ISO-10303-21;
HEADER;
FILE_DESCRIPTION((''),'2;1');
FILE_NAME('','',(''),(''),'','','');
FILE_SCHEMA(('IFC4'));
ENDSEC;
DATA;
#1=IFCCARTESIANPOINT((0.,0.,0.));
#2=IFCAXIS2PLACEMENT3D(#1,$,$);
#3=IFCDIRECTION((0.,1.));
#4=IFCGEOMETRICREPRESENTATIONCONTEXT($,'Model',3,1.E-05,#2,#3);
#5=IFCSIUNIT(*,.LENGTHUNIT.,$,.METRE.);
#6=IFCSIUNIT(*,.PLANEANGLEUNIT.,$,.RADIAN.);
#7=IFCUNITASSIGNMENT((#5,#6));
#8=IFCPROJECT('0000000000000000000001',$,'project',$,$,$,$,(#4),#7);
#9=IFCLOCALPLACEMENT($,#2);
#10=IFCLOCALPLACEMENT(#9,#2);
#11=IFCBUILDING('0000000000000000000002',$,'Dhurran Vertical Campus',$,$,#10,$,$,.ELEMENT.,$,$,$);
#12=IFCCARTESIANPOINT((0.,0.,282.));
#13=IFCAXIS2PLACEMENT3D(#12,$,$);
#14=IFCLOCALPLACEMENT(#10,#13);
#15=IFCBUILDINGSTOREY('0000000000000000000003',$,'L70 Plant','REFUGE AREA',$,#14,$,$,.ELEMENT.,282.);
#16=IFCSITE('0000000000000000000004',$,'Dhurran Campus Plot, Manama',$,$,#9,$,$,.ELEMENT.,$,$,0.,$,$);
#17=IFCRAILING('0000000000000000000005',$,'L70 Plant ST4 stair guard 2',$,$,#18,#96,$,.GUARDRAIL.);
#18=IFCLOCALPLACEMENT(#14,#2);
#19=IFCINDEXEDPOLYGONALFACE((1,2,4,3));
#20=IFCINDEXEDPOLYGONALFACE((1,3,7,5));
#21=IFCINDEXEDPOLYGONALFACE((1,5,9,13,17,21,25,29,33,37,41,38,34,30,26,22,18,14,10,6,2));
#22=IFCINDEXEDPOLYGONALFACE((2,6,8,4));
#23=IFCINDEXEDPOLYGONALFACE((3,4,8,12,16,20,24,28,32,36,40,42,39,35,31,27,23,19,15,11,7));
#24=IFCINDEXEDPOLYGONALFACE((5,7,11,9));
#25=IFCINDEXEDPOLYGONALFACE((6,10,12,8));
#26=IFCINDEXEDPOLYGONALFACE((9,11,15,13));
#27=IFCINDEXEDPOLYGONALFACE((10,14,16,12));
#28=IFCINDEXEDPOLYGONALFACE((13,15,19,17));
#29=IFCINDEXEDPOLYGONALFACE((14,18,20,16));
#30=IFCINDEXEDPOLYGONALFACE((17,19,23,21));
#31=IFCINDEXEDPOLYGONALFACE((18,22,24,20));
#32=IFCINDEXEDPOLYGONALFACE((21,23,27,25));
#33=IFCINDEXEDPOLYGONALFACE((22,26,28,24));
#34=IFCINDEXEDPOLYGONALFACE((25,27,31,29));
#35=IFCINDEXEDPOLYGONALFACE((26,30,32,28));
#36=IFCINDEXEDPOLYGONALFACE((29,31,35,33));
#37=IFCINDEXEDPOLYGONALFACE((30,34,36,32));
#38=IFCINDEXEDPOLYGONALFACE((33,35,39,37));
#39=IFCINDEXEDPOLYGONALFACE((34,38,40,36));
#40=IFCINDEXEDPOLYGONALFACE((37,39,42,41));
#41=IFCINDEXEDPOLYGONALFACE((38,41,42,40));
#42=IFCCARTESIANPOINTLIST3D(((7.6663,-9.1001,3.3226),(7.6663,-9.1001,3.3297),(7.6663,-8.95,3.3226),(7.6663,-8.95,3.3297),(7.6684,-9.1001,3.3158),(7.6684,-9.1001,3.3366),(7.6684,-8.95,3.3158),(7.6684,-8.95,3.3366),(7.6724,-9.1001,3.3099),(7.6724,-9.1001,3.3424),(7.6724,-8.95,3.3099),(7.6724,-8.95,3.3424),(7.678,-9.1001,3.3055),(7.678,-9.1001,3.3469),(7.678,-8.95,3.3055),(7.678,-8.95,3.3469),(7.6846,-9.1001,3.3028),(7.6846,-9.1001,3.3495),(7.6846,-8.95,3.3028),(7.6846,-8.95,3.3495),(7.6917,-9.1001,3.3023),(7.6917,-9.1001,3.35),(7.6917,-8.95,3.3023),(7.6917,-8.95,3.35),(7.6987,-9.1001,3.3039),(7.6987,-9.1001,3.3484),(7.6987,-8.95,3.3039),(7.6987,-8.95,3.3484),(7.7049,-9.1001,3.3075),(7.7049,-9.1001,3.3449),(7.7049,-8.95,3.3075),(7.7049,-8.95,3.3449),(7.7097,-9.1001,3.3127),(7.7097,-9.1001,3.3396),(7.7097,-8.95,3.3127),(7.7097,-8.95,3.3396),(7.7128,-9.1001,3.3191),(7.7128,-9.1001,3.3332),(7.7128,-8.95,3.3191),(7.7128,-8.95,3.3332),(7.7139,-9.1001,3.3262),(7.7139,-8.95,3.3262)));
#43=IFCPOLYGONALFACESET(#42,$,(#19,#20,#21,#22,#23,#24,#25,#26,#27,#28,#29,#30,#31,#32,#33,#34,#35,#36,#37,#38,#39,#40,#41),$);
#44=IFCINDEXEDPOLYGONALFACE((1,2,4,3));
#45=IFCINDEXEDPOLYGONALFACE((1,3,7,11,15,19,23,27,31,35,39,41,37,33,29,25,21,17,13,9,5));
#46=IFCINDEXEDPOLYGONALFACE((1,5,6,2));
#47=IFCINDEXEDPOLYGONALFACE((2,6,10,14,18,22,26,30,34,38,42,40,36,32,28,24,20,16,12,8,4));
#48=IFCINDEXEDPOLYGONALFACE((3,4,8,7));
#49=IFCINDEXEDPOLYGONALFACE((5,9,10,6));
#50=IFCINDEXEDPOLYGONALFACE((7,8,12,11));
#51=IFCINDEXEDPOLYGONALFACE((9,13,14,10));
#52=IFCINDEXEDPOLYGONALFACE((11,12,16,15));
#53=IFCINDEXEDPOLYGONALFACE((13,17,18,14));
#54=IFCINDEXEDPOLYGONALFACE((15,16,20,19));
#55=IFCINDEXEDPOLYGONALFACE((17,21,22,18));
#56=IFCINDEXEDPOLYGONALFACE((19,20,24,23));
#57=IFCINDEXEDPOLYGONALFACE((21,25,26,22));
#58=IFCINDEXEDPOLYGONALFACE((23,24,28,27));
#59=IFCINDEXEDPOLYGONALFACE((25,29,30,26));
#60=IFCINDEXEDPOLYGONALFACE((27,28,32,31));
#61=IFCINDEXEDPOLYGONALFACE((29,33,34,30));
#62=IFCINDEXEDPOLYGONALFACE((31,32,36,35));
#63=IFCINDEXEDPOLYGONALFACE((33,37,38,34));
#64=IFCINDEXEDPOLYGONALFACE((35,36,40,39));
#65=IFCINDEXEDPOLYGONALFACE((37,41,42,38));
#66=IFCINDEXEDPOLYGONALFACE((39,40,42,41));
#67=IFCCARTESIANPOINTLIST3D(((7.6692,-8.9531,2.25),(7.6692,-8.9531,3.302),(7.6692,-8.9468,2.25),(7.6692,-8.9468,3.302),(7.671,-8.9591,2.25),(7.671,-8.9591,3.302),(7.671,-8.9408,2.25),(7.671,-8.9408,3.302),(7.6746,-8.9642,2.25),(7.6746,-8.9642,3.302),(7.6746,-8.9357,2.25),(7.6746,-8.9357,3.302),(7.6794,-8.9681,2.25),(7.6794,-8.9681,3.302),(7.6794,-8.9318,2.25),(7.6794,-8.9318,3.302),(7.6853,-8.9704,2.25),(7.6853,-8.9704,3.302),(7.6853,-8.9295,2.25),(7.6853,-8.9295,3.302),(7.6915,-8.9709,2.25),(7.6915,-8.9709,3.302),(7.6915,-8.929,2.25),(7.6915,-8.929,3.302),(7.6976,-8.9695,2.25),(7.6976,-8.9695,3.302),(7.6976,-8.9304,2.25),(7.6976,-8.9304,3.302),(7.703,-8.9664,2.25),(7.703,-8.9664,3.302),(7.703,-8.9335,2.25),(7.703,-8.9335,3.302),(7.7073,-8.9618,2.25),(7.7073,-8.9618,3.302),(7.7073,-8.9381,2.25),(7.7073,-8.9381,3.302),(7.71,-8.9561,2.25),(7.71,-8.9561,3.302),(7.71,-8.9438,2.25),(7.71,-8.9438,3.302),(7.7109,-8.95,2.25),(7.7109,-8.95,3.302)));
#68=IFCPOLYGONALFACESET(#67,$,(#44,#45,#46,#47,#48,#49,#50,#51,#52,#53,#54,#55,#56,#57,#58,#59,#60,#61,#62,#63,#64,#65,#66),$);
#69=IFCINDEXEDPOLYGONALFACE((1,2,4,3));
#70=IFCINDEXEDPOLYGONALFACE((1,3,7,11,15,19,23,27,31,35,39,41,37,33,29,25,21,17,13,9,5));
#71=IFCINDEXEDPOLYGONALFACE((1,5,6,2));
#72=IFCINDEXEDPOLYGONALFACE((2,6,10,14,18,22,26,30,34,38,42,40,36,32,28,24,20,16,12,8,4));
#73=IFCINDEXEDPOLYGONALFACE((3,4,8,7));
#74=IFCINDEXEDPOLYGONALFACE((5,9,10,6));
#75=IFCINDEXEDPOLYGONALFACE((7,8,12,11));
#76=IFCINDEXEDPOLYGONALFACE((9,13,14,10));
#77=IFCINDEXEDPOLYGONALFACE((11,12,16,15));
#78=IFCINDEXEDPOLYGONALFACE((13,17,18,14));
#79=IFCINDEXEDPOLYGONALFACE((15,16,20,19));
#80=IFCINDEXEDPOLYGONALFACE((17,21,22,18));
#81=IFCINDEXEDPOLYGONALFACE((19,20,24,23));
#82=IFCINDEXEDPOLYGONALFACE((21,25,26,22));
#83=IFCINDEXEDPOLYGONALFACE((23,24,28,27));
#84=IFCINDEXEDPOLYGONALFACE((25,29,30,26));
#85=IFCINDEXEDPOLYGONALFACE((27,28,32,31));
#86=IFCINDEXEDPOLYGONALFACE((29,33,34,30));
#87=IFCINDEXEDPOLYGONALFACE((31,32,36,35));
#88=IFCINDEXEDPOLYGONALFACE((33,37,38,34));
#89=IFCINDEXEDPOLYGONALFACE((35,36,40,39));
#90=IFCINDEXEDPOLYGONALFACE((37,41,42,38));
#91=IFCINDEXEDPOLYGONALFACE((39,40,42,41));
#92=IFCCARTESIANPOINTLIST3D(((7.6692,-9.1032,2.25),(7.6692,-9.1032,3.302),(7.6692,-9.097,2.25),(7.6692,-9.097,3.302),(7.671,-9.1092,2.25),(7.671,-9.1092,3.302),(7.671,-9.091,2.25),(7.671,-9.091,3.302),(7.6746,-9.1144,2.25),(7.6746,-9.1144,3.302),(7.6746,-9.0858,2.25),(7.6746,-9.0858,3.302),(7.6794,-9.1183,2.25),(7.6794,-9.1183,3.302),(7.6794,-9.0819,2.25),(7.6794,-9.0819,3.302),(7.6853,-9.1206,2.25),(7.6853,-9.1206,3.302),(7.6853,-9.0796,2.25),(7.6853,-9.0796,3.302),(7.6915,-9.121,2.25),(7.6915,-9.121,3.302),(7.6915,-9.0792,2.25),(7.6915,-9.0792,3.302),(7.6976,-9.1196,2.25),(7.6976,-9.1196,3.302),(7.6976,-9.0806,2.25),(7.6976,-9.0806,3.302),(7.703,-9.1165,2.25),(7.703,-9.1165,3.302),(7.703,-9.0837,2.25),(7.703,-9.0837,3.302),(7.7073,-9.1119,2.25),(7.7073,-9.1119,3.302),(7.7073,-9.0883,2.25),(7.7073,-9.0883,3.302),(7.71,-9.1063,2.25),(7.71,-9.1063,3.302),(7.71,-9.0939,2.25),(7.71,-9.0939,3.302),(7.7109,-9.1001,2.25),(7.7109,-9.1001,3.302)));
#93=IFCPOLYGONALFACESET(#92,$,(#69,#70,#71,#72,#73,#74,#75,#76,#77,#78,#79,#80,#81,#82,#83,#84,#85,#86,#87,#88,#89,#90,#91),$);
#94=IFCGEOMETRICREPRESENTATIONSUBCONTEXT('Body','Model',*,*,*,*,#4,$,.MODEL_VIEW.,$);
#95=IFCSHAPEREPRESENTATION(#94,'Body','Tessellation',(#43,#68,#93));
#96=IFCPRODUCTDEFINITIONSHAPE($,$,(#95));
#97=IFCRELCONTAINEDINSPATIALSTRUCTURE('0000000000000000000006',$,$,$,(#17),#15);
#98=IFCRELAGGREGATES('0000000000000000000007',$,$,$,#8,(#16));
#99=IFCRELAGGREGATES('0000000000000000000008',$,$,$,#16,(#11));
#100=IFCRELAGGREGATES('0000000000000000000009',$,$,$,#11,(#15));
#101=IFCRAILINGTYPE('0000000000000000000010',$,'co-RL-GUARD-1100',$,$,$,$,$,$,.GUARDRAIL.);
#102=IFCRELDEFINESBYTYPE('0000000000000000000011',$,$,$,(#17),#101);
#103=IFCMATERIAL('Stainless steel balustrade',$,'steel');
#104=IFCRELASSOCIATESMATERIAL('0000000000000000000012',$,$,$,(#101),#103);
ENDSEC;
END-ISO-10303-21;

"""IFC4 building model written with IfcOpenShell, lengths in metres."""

from ifc_helpers import new_model, si_unit, direction, frame, origin, origin_2d, place, context, subcontext, project, spatial, circle, extrude, material, type_object, element, save


model = new_model("IFC4")

# Units and contexts
model_context = context("Model", 3, precision=1e-05, world=origin(), true_north=direction((0.0, 1.0)))
body_context = subcontext(model_context, "Body", "Model", "MODEL_VIEW")
ifc_project = project(units=[si_unit("LENGTHUNIT", "METRE"), si_unit("PLANEANGLEUNIT", "RADIAN")], contexts=[model_context])

# Site, building, storey
site_placement = place(None, origin())
site = spatial("IfcSite", under=ifc_project, at=site_placement, Name="Dhurran Campus Plot, Manama", CompositionType="ELEMENT", RefElevation=0.0)
building_placement = place(site_placement, origin())
building = spatial("IfcBuilding", under=site, at=building_placement, Name="Dhurran Vertical Campus", CompositionType="ELEMENT")
storey_placement = place(building_placement, frame((0.0, 0.0, 282.0)))
storey = spatial("IfcBuildingStorey", under=building, at=storey_placement, Name="L70 Plant", Description="REFUGE AREA", CompositionType="ELEMENT", Elevation=282.0)

# Railing
ifc_material_1 = material(Name="Stainless steel balustrade", Category="steel")
railing_type_1 = type_object("IfcRailingType", Name="co-RL-GUARD-1100", PredefinedType="GUARDRAIL", material=ifc_material_1)
railing_1_placement = place(storey_placement, frame((7.6899, -8.95, 2.25)))
element("IfcRailing", 1, at=railing_1_placement, inside=storey, type_object=railing_type_1, Name="L70 Plant ST4 stair guard 2", PredefinedType="GUARDRAIL", context=body_context, shape_type="SweptSolid", body=[
    extrude(circle(Radius=0.0239, at=origin_2d()), frame((0.0, 0.0, 1.0762), z_axis=(0.0, -1.0, 0.0), x_axis=(1.0, 0.0, 0.0)), (0.0, 0.0, 1.0), 0.1501),
    extrude(circle(Radius=0.021, at=origin_2d()), origin(), (0.0, 0.0, 1.0), 1.052),
    extrude(circle(Radius=0.021, at=origin_2d()), frame((0.0, -0.1501, 0.0)), (0.0, 0.0, 1.0), 1.052),
])

save(model, "model.ifc")
